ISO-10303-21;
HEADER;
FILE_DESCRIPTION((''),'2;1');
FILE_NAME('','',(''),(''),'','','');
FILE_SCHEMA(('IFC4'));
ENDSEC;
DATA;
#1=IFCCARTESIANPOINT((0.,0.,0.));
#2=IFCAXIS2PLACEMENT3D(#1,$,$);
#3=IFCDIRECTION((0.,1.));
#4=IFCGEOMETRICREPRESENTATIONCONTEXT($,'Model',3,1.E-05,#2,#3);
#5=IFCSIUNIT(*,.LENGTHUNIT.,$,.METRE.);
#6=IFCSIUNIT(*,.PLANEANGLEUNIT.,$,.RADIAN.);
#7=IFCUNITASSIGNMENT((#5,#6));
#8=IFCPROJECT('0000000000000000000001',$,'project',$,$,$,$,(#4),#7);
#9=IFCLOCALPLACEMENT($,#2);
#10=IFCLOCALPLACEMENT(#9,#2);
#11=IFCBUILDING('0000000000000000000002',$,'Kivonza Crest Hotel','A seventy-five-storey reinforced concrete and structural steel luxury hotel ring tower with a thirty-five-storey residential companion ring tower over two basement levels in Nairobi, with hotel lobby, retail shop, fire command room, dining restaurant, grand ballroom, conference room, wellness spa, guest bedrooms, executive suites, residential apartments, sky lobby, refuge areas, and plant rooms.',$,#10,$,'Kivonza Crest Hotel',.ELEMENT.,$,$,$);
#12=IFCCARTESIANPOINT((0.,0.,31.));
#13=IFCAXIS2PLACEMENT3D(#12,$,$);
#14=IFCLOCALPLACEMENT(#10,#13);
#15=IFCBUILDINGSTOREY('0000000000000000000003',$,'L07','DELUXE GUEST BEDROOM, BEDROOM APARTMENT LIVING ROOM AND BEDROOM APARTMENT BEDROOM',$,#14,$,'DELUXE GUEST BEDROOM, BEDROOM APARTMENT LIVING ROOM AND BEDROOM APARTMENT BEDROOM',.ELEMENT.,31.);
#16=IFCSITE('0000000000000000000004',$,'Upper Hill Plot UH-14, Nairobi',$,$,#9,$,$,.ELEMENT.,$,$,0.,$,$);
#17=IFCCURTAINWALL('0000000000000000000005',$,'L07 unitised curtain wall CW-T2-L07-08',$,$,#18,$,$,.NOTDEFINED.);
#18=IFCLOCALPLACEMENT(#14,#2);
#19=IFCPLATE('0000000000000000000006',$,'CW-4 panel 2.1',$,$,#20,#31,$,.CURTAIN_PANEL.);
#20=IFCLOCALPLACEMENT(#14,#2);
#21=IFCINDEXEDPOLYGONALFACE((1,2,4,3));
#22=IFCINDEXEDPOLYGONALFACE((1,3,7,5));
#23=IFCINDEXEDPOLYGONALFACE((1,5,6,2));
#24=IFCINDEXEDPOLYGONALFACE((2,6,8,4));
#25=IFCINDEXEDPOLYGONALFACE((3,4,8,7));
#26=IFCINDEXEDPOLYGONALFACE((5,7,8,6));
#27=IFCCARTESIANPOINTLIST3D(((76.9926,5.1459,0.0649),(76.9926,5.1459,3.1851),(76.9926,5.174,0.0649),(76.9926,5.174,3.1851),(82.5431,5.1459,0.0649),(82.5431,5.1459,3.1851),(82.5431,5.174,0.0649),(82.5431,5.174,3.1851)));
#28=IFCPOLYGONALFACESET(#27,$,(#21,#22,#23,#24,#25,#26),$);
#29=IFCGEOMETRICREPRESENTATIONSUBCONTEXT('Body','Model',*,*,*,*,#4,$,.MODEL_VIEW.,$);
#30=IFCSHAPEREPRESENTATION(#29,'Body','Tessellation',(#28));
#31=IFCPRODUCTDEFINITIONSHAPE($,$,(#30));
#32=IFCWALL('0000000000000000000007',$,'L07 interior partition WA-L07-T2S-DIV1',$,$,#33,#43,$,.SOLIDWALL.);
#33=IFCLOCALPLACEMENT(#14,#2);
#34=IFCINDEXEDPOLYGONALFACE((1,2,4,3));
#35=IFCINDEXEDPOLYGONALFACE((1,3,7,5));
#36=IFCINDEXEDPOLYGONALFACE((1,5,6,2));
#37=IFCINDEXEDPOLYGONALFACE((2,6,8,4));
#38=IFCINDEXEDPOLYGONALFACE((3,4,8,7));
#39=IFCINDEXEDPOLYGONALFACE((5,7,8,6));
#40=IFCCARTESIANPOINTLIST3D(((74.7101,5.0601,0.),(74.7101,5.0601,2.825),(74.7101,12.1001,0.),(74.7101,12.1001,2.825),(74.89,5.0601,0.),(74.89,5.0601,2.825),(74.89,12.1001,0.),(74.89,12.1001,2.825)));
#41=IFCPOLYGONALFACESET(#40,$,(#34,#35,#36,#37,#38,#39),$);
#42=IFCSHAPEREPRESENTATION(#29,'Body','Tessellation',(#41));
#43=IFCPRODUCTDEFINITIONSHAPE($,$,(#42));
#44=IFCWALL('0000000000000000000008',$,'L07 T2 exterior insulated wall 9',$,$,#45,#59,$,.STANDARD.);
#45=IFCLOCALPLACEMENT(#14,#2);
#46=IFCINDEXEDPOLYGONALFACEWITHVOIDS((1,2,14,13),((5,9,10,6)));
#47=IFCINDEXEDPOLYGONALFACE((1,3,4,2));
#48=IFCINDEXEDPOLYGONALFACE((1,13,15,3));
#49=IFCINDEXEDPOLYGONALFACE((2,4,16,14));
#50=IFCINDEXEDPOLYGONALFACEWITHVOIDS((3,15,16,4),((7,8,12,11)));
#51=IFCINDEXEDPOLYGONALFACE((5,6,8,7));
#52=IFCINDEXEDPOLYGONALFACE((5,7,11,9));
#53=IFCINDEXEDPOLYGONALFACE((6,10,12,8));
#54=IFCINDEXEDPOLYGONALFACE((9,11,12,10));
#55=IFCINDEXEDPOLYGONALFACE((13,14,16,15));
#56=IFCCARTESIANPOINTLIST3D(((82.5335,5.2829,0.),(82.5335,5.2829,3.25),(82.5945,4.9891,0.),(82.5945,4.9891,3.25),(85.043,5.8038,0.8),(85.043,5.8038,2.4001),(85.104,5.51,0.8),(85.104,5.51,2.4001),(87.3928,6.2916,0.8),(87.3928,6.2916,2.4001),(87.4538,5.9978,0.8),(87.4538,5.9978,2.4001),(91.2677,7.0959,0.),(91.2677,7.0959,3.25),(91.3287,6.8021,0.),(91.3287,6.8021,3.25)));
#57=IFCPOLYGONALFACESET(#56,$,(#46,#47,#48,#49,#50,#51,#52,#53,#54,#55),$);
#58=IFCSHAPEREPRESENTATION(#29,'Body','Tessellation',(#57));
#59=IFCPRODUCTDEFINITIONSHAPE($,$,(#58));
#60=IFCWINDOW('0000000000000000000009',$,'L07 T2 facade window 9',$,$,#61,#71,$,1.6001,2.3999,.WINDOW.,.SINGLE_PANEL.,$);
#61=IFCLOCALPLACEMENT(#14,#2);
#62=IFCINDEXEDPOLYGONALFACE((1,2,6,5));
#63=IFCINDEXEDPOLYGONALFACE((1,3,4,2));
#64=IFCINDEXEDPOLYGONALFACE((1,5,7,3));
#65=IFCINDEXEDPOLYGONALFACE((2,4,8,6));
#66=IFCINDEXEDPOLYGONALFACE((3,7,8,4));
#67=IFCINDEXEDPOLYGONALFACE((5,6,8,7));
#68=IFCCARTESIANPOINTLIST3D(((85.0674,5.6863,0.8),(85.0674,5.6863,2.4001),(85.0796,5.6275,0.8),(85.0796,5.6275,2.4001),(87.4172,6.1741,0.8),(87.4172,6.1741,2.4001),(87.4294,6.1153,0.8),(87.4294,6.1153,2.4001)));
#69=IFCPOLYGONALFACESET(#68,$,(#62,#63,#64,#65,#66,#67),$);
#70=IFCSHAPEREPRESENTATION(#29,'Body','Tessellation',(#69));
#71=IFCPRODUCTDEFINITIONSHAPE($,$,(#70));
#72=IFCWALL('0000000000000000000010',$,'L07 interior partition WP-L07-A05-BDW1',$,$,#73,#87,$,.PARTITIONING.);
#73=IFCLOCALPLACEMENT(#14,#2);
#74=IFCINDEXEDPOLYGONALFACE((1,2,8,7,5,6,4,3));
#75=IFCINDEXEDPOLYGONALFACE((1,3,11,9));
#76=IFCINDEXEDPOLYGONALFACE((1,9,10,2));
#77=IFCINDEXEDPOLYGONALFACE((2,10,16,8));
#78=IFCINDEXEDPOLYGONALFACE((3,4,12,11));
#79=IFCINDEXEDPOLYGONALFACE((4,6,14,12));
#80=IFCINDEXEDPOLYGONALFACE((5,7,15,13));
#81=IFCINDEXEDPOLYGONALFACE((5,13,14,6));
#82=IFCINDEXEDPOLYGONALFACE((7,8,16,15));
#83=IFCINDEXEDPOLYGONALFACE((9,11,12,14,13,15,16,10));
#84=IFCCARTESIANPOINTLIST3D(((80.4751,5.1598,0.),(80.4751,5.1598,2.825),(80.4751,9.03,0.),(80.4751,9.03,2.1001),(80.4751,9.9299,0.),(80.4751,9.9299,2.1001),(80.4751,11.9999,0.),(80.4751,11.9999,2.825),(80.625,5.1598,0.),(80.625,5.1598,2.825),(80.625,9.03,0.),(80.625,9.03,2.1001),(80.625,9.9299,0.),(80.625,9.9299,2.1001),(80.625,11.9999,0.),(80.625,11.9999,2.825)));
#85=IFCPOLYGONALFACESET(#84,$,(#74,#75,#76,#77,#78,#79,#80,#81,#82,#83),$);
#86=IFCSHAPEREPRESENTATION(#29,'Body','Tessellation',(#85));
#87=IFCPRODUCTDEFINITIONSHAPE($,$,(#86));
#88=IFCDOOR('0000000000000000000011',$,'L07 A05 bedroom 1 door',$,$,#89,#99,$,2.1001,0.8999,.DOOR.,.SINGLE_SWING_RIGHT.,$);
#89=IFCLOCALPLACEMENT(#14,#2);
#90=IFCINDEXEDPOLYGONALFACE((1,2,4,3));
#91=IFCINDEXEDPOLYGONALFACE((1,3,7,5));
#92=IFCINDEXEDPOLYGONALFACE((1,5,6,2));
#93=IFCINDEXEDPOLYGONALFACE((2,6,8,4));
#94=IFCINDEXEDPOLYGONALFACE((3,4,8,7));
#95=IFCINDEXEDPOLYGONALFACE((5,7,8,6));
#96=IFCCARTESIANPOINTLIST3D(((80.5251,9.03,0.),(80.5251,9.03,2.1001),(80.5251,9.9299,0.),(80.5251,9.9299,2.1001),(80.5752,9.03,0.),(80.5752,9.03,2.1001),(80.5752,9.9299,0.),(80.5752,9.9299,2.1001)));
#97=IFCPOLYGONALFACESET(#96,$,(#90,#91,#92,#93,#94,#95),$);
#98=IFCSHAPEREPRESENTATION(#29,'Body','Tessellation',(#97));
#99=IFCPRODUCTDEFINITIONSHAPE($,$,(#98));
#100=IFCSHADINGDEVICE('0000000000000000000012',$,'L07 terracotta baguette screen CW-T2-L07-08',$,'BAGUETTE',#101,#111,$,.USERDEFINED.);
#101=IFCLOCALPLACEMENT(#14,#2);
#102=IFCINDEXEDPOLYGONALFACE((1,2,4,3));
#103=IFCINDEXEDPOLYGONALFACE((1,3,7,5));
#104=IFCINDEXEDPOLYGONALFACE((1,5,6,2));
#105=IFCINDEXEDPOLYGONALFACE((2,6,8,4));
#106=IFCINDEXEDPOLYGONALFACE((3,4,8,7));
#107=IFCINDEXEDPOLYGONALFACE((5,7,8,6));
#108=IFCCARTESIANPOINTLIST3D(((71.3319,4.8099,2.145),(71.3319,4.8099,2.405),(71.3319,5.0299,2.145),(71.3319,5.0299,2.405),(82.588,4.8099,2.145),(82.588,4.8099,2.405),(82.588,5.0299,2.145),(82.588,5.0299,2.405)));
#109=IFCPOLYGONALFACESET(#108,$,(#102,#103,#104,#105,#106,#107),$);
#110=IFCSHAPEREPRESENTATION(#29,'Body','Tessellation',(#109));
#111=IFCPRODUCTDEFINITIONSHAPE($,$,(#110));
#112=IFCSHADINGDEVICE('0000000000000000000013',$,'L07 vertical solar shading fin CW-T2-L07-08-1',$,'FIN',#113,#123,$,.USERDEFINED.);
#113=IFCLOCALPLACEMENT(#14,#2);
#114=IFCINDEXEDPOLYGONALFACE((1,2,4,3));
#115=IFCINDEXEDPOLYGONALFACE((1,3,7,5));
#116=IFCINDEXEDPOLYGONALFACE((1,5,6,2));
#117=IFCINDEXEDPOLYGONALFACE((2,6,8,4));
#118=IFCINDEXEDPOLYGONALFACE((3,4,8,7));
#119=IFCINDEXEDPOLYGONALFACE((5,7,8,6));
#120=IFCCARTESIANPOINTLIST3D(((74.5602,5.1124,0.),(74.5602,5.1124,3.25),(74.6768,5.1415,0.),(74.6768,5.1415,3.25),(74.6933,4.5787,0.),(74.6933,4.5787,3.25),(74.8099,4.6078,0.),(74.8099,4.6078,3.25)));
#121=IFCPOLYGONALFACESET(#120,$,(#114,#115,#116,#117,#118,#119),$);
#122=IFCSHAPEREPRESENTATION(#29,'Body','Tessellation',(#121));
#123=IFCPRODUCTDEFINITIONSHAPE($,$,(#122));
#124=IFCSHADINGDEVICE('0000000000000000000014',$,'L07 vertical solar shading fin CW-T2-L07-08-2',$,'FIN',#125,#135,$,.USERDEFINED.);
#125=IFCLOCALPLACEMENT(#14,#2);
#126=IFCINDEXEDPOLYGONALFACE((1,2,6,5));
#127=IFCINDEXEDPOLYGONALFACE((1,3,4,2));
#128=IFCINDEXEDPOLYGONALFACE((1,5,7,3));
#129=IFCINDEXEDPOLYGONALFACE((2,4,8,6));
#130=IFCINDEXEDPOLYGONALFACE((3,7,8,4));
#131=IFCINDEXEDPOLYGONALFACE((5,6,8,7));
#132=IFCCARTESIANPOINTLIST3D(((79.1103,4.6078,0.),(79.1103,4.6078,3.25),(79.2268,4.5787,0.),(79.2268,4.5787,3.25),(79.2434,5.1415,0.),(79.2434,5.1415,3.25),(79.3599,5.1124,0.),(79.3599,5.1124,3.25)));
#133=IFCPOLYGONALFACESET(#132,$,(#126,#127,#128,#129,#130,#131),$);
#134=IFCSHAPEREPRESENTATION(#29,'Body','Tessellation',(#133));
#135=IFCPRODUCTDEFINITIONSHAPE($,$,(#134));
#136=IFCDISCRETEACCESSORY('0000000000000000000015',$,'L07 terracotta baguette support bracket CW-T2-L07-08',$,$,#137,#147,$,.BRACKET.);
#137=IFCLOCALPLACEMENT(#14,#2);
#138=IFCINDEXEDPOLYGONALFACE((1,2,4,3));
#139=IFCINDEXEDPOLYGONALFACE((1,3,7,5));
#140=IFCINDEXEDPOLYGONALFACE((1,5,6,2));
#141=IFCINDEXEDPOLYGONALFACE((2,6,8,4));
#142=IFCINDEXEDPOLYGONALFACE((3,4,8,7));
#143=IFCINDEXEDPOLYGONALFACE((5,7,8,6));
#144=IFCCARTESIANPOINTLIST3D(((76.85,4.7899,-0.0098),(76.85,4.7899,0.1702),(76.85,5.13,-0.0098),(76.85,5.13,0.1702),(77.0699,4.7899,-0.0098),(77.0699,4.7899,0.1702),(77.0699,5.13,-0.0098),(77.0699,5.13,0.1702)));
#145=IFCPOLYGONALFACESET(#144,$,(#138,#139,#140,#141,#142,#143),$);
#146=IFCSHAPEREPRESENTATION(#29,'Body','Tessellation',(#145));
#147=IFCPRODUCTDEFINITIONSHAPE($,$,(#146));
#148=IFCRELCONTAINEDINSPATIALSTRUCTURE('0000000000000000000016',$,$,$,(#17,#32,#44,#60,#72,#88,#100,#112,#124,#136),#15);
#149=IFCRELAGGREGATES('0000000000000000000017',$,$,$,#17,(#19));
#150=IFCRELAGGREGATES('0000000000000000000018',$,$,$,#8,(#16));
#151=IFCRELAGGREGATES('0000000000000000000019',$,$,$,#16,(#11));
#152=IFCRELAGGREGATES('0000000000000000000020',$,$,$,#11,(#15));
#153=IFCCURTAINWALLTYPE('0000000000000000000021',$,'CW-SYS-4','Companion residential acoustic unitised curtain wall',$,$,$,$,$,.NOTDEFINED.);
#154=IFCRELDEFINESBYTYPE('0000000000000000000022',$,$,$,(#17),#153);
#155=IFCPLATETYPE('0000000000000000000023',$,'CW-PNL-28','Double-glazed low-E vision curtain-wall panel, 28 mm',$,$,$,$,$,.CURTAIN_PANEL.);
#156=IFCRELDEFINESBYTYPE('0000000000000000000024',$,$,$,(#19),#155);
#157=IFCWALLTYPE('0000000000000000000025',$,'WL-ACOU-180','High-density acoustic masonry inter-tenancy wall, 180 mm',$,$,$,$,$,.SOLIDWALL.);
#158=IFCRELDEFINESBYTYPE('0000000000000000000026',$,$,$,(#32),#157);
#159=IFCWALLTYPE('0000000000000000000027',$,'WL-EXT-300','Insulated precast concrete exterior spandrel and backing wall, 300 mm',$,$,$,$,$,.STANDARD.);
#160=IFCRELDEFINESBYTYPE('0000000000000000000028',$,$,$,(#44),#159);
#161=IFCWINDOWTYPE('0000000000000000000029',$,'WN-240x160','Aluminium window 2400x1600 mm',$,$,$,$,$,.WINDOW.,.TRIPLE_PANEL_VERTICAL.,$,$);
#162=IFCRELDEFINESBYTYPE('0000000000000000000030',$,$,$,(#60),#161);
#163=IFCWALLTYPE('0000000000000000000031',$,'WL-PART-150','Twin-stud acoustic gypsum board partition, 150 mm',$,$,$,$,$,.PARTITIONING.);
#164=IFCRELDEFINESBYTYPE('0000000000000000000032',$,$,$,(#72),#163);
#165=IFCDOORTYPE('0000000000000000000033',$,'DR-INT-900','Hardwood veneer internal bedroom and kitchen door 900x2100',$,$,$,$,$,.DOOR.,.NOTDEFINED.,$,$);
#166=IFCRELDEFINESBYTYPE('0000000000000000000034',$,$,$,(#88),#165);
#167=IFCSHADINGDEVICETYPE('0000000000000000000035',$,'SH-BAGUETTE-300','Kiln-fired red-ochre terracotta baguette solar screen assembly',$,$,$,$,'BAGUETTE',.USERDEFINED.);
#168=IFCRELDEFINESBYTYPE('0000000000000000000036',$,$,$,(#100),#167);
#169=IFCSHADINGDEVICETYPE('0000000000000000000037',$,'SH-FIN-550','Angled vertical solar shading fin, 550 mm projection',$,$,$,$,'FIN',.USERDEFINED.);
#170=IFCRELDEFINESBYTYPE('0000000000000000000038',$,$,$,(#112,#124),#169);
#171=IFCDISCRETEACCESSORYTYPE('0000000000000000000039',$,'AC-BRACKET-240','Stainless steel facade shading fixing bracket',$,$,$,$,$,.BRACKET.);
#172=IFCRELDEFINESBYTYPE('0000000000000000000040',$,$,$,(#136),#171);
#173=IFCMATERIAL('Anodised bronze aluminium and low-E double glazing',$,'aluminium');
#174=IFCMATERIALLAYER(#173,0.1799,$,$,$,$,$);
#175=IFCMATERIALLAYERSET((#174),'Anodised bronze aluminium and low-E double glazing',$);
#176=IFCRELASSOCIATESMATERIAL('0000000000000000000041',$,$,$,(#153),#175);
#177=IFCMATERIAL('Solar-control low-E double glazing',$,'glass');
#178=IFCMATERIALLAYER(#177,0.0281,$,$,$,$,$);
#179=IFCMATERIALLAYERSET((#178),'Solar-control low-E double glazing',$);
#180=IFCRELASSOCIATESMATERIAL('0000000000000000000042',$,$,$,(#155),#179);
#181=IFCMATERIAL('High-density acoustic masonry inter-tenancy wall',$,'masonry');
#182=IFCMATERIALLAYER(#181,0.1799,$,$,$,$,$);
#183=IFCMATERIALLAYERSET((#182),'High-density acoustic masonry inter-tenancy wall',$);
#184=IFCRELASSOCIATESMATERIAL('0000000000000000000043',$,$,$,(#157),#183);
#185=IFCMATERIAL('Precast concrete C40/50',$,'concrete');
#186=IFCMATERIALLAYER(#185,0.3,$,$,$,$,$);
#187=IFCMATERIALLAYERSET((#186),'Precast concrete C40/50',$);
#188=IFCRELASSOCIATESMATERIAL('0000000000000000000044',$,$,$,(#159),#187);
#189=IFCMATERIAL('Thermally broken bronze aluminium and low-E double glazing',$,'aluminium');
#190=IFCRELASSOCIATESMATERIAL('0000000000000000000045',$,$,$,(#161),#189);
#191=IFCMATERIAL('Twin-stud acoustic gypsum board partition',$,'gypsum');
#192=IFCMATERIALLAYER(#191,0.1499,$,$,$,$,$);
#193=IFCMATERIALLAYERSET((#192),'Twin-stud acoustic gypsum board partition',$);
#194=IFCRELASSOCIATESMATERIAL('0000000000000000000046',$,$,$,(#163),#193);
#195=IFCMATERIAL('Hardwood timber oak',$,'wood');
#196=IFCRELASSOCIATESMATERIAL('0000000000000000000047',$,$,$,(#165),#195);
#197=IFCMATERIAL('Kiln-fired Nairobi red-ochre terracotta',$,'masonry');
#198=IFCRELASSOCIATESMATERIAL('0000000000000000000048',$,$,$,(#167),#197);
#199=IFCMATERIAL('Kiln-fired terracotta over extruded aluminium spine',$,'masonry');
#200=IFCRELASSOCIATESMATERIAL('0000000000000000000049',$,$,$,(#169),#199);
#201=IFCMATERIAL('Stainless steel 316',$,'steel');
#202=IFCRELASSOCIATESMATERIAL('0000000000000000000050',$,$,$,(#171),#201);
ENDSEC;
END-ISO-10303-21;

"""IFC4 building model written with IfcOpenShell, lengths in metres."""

from ifc_helpers import new_model, si_unit, direction, frame, frame_2d, origin, origin_2d, place, context, subcontext, project, spatial, rectangle, extrude, material, layer, layer_set, type_object, element, fill, aggregate, save


model = new_model("IFC4")

# Units and contexts
model_context = context("Model", 3, precision=1e-05, world=origin(), true_north=direction((0.0, 1.0)))
body_context = subcontext(model_context, "Body", "Model", "MODEL_VIEW")
ifc_project = project(units=[si_unit("LENGTHUNIT", "METRE"), si_unit("PLANEANGLEUNIT", "RADIAN")], contexts=[model_context])

# Site, building, storey
site_placement = place(None, origin())
site = spatial("IfcSite", under=ifc_project, at=site_placement, Name="Upper Hill Plot UH-14, Nairobi", CompositionType="ELEMENT", RefElevation=0.0)
building_placement = place(site_placement, origin())
building = spatial("IfcBuilding", under=site, at=building_placement, Name="Kivonza Crest Hotel", Description="A seventy-five-storey reinforced concrete and structural steel luxury hotel ring tower with a thirty-five-storey residential companion ring tower over two basement levels in Nairobi, with hotel lobby, retail shop, fire command room, dining restaurant, grand ballroom, conference room, wellness spa, guest bedrooms, executive suites, residential apartments, sky lobby, refuge areas, and plant rooms.", LongName="Kivonza Crest Hotel", CompositionType="ELEMENT")
storey_placement = place(building_placement, frame((0.0, 0.0, 31.0)))
storey = spatial("IfcBuildingStorey", under=building, at=storey_placement, Name="L07", Description="DELUXE GUEST BEDROOM, BEDROOM APARTMENT LIVING ROOM AND BEDROOM APARTMENT BEDROOM", LongName="DELUXE GUEST BEDROOM, BEDROOM APARTMENT LIVING ROOM AND BEDROOM APARTMENT BEDROOM", CompositionType="ELEMENT", Elevation=31.0)

# Curtain wall, plate
ifc_material_1 = material(Name="Anodised bronze aluminium and low-E double glazing", Category="aluminium")
ifc_layer_1 = layer(ifc_material_1, 0.1799)
ifc_layer_set_1 = layer_set([ifc_layer_1], Name="Anodised bronze aluminium and low-E double glazing")
curtain_wall_type = type_object("IfcCurtainWallType", Name="CW-SYS-4", Description="Companion residential acoustic unitised curtain wall", PredefinedType="NOTDEFINED", material=ifc_layer_set_1)
curtain_wall_placement = place(storey_placement, origin())
curtain_wall = element("IfcCurtainWall", 1, at=curtain_wall_placement, inside=storey, type_object=curtain_wall_type, Name="L07 unitised curtain wall CW-T2-L07-08", PredefinedType="NOTDEFINED")
ifc_material_2 = material(Name="Solar-control low-E double glazing", Category="glass")
ifc_layer_2 = layer(ifc_material_2, 0.0281)
ifc_layer_set_2 = layer_set([ifc_layer_2], Name="Solar-control low-E double glazing")
plate_type = type_object("IfcPlateType", Name="CW-PNL-28", Description="Double-glazed low-E vision curtain-wall panel, 28 mm", PredefinedType="CURTAIN_PANEL", material=ifc_layer_set_2)
plate_1_placement = place(storey_placement, frame((79.7678, 5.1599, 0.0649), z_axis=(0.0, 0.0, 1.0), x_axis=(1.0, 0.0, 0.0)))
plate_1 = element("IfcPlate", 2, at=plate_1_placement, type_object=plate_type, Name="CW-4 panel 2.1", PredefinedType="CURTAIN_PANEL", context=body_context, shape_type="SweptSolid", body=[
    extrude(rectangle(XDim=5.5505, YDim=0.0281, at=origin_2d()), origin(), (0.0, 0.0, 1.0), 3.1201),
])
aggregate(curtain_wall, [plate_1])

# Wall
ifc_material_3 = material(Name="High-density acoustic masonry inter-tenancy wall", Category="masonry")
ifc_layer_3 = layer(ifc_material_3, 0.1799)
ifc_layer_set_3 = layer_set([ifc_layer_3], Name="High-density acoustic masonry inter-tenancy wall")
wall_type_1 = type_object("IfcWallType", Name="WL-ACOU-180", Description="High-density acoustic masonry inter-tenancy wall, 180 mm", PredefinedType="SOLIDWALL", material=ifc_layer_set_3)
wall_1_placement = place(storey_placement, frame((74.8, 5.0601, 0.0), z_axis=(0.0, 0.0, 1.0), x_axis=(0.0, 1.0, 0.0)))
element("IfcWall", 3, at=wall_1_placement, inside=storey, type_object=wall_type_1, Name="L07 interior partition WA-L07-T2S-DIV1", PredefinedType="SOLIDWALL", context=body_context, shape_type="SweptSolid", body=[
    extrude(rectangle(XDim=7.04, YDim=0.1799, at=frame_2d((3.52, 0.0))), origin(), (0.0, 0.0, 1.0), 2.825),
])

# Wall, opening, window
ifc_material_4 = material(Name="Precast concrete C40/50", Category="concrete")
ifc_layer_4 = layer(ifc_material_4, 0.3)
ifc_layer_set_4 = layer_set([ifc_layer_4], Name="Precast concrete C40/50")
wall_type_2 = type_object("IfcWallType", Name="WL-EXT-300", Description="Insulated precast concrete exterior spandrel and backing wall, 300 mm", PredefinedType="STANDARD", material=ifc_layer_set_4)
wall_2_placement = place(storey_placement, frame((82.564, 5.136, 0.0), z_axis=(0.0, 0.0, 1.0), x_axis=(0.979128, 0.203243, 0.0)))
wall_2 = element("IfcWall", 4, at=wall_2_placement, inside=storey, type_object=wall_type_2, Name="L07 T2 exterior insulated wall 9", PredefinedType="STANDARD", context=body_context, shape_type="SweptSolid", body=[
    extrude(rectangle(XDim=8.9204, YDim=0.3, at=frame_2d((4.4602, 0.0))), origin(), (0.0, 0.0, 1.0), 3.25),
])
opening_1_placement = place(wall_2_placement, frame((2.563, 0.0, 0.8)))
opening_1 = element("IfcOpeningElement", 5, at=opening_1_placement, cuts=wall_2, PredefinedType="OPENING", context=body_context, shape_type="SweptSolid", body=[
    extrude(rectangle(XDim=2.3999, YDim=1.6001, at=frame_2d((1.2, 0.8))), frame((0.0, 0.1602, 0.0), z_axis=(0.0, -1.0, 0.0), x_axis=(1.0, 0.0, 0.0)), (0.0, 0.0, 1.0), 0.3201),
])
ifc_material_5 = material(Name="Thermally broken bronze aluminium and low-E double glazing", Category="aluminium")
window_type = type_object("IfcWindowType", Name="WN-240x160", Description="Aluminium window 2400x1600 mm", PartitioningType="TRIPLE_PANEL_VERTICAL", PredefinedType="WINDOW", material=ifc_material_5)
window_placement = place(opening_1_placement, origin())
window = element("IfcWindow", 6, at=window_placement, inside=storey, type_object=window_type, Name="L07 T2 facade window 9", OverallHeight=1.6001, OverallWidth=2.3999, PartitioningType="SINGLE_PANEL", PredefinedType="WINDOW", context=body_context, shape_type="SweptSolid", body=[
    extrude(rectangle(XDim=2.3999, YDim=1.6001, at=frame_2d((1.2, 0.8))), frame((0.0, 0.03, 0.0), z_axis=(0.0, -1.0, 0.0), x_axis=(1.0, 0.0, 0.0)), (0.0, 0.0, 1.0), 0.0601),
])
fill(opening_1, window)

# Wall, opening, door
ifc_material_6 = material(Name="Twin-stud acoustic gypsum board partition", Category="gypsum")
ifc_layer_5 = layer(ifc_material_6, 0.1499)
ifc_layer_set_5 = layer_set([ifc_layer_5], Name="Twin-stud acoustic gypsum board partition")
wall_type_3 = type_object("IfcWallType", Name="WL-PART-150", Description="Twin-stud acoustic gypsum board partition, 150 mm", PredefinedType="PARTITIONING", material=ifc_layer_set_5)
wall_3_placement = place(storey_placement, frame((80.55, 5.1599, 0.0), z_axis=(0.0, 0.0, 1.0), x_axis=(0.0, 1.0, 0.0)))
wall_3 = element("IfcWall", 7, at=wall_3_placement, inside=storey, type_object=wall_type_3, Name="L07 interior partition WP-L07-A05-BDW1", PredefinedType="PARTITIONING", context=body_context, shape_type="SweptSolid", body=[
    extrude(rectangle(XDim=6.8401, YDim=0.1499, at=frame_2d((3.4199, 0.0))), origin(), (0.0, 0.0, 1.0), 2.825),
])
opening_2_placement = place(wall_3_placement, frame((3.8701, 0.0, 0.0)))
opening_2 = element("IfcOpeningElement", 8, at=opening_2_placement, cuts=wall_3, PredefinedType="OPENING", context=body_context, shape_type="SweptSolid", body=[
    extrude(rectangle(XDim=0.8999, YDim=2.1001, at=frame_2d((0.45, 1.05))), frame((0.0, 0.085, 0.0), z_axis=(0.0, -1.0, 0.0), x_axis=(1.0, 0.0, 0.0)), (0.0, 0.0, 1.0), 0.1699),
])
ifc_material_7 = material(Name="Hardwood timber oak", Category="wood")
door_type = type_object("IfcDoorType", Name="DR-INT-900", Description="Hardwood veneer internal bedroom and kitchen door 900x2100", OperationType="NOTDEFINED", PredefinedType="DOOR", material=ifc_material_7)
door_placement = place(opening_2_placement, origin())
door = element("IfcDoor", 9, at=door_placement, inside=storey, type_object=door_type, Name="L07 A05 bedroom 1 door", OperationType="SINGLE_SWING_RIGHT", OverallHeight=2.1001, OverallWidth=0.8999, PredefinedType="DOOR", context=body_context, shape_type="SweptSolid", body=[
    extrude(rectangle(XDim=0.8999, YDim=2.1001, at=frame_2d((0.45, 1.05))), frame((0.0, 0.0249, 0.0), z_axis=(0.0, -1.0, 0.0), x_axis=(1.0, 0.0, 0.0)), (0.0, 0.0, 1.0), 0.05),
])
fill(opening_2, door)

# Shading devices
ifc_material_8 = material(Name="Kiln-fired Nairobi red-ochre terracotta", Category="masonry")
shading_device_type_1 = type_object("IfcShadingDeviceType", Name="SH-BAGUETTE-300", Description="Kiln-fired red-ochre terracotta baguette solar screen assembly", ElementType="BAGUETTE", PredefinedType="USERDEFINED", material=ifc_material_8)
shading_device_placement = place(storey_placement, frame((76.96, 4.9199, 2.145), z_axis=(0.0, 0.0, 1.0), x_axis=(1.0, 0.0, 0.0)))
element("IfcShadingDevice", 10, at=shading_device_placement, inside=storey, type_object=shading_device_type_1, Name="L07 terracotta baguette screen CW-T2-L07-08", ObjectType="BAGUETTE", PredefinedType="USERDEFINED", context=body_context, shape_type="SweptSolid", body=[
    extrude(rectangle(XDim=11.2561, YDim=0.22, at=origin_2d()), origin(), (0.0, 0.0, 1.0), 0.26),
])
ifc_material_9 = material(Name="Kiln-fired terracotta over extruded aluminium spine", Category="masonry")
shading_device_type_2 = type_object("IfcShadingDeviceType", Name="SH-FIN-550", Description="Angled vertical solar shading fin, 550 mm projection", ElementType="FIN", PredefinedType="USERDEFINED", material=ifc_material_9)
for number, where, z_axis, x_axis, name in (
    (11, (74.6851, 4.8601, 0.0), (0.0, 0.0, 1.0), (0.970296, 0.241922, 0.0), "L07 vertical solar shading fin CW-T2-L07-08-1"),
    (12, (79.2351, 4.8601, 0.0), (0.0, 0.0, 1.0), (0.970296, -0.241922, 0.0), "L07 vertical solar shading fin CW-T2-L07-08-2"),
):
    element("IfcShadingDevice", number, at=place(storey_placement, frame(where, z_axis=z_axis, x_axis=x_axis)), inside=storey, type_object=shading_device_type_2, Name=name, ObjectType="FIN", PredefinedType="USERDEFINED", context=body_context, shape_type="SweptSolid", body=[
        extrude(rectangle(XDim=0.1201, YDim=0.55, at=origin_2d()), origin(), (0.0, 0.0, 1.0), 3.25),
    ])

# Discrete accessory
ifc_material_10 = material(Name="Stainless steel 316", Category="steel")
discrete_accessory_type = type_object("IfcDiscreteAccessoryType", Name="AC-BRACKET-240", Description="Stainless steel facade shading fixing bracket", PredefinedType="BRACKET", material=ifc_material_10)
discrete_accessory_placement = place(storey_placement, frame((76.96, 4.96, -0.0098), z_axis=(0.0, 0.0, 1.0), x_axis=(1.0, 0.0, 0.0)))
element("IfcDiscreteAccessory", 13, at=discrete_accessory_placement, inside=storey, type_object=discrete_accessory_type, Name="L07 terracotta baguette support bracket CW-T2-L07-08", PredefinedType="BRACKET", context=body_context, shape_type="SweptSolid", body=[
    extrude(rectangle(XDim=0.22, YDim=0.3401, at=origin_2d()), origin(), (0.0, 0.0, 1.0), 0.1799),
])

save(model, "model.ifc")
